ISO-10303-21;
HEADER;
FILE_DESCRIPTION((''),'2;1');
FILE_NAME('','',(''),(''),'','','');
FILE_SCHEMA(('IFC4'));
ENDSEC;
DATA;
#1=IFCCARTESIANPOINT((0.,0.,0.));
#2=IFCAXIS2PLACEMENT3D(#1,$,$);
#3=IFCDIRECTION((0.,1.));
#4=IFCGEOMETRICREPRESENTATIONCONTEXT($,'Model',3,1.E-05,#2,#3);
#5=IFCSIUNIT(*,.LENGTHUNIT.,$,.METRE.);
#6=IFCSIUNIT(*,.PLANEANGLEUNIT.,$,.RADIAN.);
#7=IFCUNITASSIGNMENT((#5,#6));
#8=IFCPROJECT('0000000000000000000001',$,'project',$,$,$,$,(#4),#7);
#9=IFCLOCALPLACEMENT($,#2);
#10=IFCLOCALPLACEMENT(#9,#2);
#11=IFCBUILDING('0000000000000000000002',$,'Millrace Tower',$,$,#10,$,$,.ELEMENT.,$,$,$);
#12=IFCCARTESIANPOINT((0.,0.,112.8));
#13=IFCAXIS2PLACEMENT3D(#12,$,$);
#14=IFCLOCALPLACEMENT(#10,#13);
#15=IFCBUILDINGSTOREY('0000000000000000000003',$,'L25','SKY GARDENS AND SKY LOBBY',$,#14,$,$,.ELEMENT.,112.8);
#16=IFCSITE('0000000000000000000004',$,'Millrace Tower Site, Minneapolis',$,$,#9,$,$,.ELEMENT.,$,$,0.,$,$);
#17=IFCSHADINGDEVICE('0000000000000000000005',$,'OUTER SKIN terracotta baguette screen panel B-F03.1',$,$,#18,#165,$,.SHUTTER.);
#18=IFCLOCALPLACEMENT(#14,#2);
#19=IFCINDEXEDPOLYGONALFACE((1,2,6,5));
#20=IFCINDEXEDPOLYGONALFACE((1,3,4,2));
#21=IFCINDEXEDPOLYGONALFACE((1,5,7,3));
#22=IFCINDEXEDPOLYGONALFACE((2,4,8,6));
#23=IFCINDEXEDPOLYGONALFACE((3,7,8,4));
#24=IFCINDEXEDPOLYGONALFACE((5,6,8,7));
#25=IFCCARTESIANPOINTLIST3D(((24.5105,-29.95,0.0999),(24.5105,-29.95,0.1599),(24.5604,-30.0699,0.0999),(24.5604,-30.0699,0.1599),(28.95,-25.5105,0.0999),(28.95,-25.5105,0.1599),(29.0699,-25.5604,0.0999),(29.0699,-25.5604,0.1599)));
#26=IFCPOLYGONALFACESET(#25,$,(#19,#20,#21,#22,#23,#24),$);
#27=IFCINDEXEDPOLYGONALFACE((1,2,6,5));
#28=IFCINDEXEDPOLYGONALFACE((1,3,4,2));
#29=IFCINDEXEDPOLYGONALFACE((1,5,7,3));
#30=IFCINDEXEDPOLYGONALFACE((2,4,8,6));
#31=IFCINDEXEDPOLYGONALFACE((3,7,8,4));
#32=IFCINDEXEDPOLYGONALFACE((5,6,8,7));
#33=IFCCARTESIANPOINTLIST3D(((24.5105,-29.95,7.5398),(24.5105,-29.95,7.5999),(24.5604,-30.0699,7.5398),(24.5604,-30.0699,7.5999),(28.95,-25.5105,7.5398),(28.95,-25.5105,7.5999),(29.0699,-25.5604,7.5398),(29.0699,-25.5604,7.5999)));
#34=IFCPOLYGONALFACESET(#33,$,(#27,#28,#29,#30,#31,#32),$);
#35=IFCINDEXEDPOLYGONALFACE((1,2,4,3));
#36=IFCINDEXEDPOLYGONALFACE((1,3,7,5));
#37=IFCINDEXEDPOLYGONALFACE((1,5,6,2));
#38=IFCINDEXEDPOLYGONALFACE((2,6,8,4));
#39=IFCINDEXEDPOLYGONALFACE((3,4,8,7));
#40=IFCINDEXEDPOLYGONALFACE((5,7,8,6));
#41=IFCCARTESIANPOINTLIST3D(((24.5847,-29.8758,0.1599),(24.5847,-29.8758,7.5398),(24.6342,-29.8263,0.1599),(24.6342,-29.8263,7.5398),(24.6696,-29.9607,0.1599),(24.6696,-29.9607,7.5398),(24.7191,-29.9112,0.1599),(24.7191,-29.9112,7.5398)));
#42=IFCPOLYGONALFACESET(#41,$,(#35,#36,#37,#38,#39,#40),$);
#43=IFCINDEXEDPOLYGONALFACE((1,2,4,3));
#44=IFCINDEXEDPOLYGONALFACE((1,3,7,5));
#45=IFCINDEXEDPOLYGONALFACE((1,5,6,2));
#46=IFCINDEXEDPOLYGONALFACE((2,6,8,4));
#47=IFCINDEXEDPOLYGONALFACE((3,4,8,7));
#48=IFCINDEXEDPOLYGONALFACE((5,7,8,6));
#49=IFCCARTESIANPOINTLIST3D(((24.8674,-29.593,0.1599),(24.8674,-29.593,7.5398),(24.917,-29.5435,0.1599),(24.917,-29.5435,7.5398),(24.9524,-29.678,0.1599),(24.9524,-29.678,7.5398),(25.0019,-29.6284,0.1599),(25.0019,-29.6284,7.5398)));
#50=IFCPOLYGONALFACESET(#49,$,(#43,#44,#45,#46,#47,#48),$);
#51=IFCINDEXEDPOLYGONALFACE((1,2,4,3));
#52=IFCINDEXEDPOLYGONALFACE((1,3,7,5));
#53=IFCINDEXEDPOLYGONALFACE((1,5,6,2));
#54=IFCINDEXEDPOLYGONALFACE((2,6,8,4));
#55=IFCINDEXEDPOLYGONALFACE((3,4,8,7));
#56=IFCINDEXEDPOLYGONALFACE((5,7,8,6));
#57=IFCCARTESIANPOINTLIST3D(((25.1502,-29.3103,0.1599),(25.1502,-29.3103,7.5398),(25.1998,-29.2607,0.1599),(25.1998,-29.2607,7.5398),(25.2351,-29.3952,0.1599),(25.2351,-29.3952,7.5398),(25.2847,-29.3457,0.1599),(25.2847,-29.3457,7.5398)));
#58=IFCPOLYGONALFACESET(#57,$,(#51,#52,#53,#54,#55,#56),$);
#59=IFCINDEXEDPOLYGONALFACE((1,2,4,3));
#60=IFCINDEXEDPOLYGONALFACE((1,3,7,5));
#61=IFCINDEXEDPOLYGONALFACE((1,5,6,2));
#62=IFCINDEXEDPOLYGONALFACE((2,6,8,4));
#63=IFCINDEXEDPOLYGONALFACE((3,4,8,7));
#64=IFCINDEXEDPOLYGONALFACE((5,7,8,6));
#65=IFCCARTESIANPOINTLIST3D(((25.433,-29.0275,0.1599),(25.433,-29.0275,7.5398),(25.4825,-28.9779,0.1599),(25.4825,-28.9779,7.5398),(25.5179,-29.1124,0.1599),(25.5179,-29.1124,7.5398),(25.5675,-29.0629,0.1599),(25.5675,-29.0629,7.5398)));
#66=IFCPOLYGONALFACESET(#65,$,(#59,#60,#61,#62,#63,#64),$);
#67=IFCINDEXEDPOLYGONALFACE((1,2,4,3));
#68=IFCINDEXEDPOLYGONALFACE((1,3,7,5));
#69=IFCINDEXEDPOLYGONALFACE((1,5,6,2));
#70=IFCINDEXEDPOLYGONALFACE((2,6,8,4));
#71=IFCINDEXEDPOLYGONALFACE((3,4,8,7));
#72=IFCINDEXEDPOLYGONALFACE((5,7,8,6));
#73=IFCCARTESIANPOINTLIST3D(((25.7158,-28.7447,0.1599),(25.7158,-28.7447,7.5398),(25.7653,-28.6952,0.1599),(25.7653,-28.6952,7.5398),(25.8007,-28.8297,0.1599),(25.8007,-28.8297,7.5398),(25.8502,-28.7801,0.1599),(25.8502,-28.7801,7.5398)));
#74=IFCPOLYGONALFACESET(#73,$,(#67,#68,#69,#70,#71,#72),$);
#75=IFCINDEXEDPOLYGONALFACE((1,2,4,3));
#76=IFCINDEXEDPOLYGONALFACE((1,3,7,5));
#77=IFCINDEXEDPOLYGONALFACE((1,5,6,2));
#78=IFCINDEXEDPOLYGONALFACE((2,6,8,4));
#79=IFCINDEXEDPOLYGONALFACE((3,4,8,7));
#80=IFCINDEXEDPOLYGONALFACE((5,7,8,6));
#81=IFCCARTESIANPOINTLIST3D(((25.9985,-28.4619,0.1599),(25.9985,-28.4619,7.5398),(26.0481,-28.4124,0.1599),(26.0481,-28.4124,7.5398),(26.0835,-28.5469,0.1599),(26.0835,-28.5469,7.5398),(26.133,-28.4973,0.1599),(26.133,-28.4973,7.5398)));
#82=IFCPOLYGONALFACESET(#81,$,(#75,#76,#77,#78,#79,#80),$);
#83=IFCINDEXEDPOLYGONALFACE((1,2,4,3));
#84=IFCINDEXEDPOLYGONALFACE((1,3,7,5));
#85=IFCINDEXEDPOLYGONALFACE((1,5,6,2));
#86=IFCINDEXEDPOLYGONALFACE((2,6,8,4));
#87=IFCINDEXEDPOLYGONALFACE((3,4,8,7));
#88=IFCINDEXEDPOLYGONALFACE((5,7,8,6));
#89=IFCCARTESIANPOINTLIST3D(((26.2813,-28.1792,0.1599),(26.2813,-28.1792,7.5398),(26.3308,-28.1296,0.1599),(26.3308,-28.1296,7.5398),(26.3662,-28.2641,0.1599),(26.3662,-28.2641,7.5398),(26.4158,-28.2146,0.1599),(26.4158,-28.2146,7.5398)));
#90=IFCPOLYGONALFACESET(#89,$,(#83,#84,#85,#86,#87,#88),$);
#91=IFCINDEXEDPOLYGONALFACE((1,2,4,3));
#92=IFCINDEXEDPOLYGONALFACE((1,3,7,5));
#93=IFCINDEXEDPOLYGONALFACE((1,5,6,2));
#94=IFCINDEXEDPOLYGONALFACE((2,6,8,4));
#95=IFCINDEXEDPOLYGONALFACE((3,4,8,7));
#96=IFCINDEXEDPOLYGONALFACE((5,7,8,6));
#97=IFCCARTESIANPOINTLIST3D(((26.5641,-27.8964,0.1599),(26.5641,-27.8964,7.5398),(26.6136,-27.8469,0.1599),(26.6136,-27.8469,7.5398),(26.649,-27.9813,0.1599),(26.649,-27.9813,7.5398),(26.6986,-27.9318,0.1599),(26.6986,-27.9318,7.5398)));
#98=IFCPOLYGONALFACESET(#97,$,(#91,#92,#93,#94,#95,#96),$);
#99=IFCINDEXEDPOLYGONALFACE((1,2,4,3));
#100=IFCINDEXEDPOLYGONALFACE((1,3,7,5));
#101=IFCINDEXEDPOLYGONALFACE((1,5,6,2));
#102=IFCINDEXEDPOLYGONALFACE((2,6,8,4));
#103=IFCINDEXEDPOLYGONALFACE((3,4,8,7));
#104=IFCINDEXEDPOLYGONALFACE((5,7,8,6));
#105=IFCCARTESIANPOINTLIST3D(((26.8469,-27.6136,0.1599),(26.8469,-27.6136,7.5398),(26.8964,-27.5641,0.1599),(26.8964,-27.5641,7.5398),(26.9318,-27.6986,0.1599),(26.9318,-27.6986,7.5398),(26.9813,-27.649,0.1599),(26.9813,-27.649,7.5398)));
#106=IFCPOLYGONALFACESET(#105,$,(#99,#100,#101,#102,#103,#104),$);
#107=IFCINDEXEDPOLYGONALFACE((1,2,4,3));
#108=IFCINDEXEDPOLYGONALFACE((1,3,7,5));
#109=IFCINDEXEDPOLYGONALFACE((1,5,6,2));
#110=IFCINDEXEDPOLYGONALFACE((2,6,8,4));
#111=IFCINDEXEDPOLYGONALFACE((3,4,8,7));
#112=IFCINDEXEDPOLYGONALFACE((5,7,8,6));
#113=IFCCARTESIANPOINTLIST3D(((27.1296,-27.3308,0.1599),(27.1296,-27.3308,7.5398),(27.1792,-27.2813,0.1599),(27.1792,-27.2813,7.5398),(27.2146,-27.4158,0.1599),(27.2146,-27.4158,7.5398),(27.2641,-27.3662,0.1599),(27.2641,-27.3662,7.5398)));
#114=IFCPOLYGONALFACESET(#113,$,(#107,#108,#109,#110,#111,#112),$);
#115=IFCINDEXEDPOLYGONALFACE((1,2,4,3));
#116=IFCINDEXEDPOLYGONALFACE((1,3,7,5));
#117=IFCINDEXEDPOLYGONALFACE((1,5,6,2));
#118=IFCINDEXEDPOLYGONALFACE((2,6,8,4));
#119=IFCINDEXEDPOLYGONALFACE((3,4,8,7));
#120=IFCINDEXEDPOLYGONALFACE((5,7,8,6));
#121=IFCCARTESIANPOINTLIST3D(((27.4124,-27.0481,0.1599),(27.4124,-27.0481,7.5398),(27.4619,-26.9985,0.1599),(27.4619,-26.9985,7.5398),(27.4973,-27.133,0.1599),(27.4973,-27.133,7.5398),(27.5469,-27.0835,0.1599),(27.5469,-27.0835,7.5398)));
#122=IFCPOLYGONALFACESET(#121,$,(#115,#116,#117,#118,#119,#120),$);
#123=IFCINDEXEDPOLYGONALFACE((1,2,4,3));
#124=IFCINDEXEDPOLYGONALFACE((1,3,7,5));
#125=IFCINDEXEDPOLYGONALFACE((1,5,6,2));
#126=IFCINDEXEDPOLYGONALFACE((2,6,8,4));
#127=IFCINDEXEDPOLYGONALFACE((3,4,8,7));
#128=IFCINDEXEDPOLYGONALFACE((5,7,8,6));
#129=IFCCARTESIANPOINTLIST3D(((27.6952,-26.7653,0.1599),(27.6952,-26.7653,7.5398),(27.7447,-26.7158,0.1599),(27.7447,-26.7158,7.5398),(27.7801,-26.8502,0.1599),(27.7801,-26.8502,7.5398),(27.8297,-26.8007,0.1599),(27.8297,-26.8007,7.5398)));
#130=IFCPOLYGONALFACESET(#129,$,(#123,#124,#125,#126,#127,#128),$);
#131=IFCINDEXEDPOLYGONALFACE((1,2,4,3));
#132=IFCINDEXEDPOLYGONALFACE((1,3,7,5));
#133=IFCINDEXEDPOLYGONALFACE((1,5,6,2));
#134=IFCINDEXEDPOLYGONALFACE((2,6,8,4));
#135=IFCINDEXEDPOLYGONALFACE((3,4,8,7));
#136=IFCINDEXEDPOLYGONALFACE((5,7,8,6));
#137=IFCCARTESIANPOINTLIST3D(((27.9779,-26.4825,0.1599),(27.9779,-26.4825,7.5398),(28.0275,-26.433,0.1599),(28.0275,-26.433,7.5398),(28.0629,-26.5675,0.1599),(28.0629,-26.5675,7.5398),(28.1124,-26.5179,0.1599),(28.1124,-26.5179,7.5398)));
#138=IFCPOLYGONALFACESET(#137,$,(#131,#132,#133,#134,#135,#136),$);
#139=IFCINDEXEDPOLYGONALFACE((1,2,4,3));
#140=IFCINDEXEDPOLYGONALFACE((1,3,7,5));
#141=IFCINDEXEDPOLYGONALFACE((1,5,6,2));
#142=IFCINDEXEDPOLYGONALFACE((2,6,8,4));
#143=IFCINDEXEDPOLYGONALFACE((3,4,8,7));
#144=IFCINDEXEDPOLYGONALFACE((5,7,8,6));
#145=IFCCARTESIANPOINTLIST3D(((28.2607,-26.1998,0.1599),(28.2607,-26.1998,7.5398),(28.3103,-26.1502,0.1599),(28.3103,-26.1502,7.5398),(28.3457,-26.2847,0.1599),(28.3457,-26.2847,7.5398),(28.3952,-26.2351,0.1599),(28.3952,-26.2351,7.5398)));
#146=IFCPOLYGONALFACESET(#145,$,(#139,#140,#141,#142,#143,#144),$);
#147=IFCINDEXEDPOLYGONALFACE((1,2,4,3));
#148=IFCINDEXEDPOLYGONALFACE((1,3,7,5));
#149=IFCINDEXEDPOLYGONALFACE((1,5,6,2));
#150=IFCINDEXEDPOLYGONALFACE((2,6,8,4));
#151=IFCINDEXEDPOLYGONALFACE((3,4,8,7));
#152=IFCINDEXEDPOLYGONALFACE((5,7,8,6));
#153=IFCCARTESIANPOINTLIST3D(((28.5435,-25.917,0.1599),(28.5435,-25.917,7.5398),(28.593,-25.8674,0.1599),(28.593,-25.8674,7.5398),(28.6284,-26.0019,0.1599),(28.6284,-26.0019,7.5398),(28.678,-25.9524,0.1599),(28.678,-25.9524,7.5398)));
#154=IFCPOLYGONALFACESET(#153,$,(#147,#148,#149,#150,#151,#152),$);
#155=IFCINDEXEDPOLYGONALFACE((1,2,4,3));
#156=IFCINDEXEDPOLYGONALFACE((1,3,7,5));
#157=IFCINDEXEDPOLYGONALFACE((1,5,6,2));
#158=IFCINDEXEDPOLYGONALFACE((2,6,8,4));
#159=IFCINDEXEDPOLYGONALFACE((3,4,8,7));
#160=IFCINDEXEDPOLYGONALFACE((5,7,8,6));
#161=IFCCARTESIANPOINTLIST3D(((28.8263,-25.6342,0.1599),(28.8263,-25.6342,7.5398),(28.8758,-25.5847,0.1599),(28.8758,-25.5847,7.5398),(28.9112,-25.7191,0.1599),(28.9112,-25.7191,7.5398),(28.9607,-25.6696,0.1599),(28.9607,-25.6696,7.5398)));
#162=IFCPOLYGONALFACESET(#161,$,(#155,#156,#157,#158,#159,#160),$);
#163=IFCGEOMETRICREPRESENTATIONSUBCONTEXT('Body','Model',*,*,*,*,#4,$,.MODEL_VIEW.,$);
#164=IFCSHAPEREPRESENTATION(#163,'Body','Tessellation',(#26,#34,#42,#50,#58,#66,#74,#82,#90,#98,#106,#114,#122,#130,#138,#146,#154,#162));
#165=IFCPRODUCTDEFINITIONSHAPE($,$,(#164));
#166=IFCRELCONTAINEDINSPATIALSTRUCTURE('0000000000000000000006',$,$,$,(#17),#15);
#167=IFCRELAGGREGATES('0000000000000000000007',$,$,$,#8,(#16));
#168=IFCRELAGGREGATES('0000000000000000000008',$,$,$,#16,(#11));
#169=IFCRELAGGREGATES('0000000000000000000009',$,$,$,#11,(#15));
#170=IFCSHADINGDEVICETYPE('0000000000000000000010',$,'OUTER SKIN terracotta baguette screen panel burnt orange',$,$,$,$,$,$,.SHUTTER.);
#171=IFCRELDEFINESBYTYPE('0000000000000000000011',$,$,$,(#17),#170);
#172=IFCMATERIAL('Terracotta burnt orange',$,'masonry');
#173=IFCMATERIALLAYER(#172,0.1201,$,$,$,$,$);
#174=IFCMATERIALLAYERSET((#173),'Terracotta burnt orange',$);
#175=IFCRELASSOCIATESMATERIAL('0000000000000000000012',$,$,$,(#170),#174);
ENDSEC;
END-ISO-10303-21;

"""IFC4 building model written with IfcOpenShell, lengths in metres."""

from ifc_helpers import new_model, entity, si_unit, direction, frame, frame_2d, origin, place, context, subcontext, project, spatial, rectangle, extrude, source, transform, mapped, material, layer, layer_set, type_object, element, save


model = new_model("IFC4")

# Units and contexts
model_context = context("Model", 3, precision=1e-05, world=origin(), true_north=direction((0.0, 1.0)))
body_context = subcontext(model_context, "Body", "Model", "MODEL_VIEW")
ifc_project = project(units=[si_unit("LENGTHUNIT", "METRE"), si_unit("PLANEANGLEUNIT", "RADIAN")], contexts=[model_context])

# Site, building, storey
site_placement = place(None, origin())
site = spatial("IfcSite", under=ifc_project, at=site_placement, Name="Millrace Tower Site, Minneapolis", CompositionType="ELEMENT", RefElevation=0.0)
building_placement = place(site_placement, origin())
building = spatial("IfcBuilding", under=site, at=building_placement, Name="Millrace Tower", CompositionType="ELEMENT")
storey_placement = place(building_placement, frame((0.0, 0.0, 112.8)))
storey = spatial("IfcBuildingStorey", under=building, at=storey_placement, Name="L25", Description="SKY GARDENS AND SKY LOBBY", CompositionType="ELEMENT", Elevation=112.8)

# Shading device
ifc_material_1 = material(Name="Terracotta burnt orange", Category="masonry")
ifc_layer_1 = layer(ifc_material_1, 0.1201)
ifc_layer_set_1 = layer_set([ifc_layer_1], Name="Terracotta burnt orange")
shading_device_type = type_object("IfcShadingDeviceType", Name="OUTER SKIN terracotta baguette screen panel burnt orange", PredefinedType="SHUTTER", material=ifc_layer_set_1)
cartesian_point_1 = entity("IfcCartesianPoint", [-3.1392, 0.0601])
shared_polyline_1 = entity("IfcPolyline", [cartesian_point_1, entity("IfcCartesianPoint", [3.1392, 0.0601]), entity("IfcCartesianPoint", [3.1887, -0.0601]), entity("IfcCartesianPoint", [-3.1887, -0.0601]), cartesian_point_1])
shared_shape_1 = source(origin(), body_context, "Body", "SweptSolid", [
    entity("IfcExtrudedAreaSolid", entity("IfcArbitraryClosedProfileDef", "AREA", None, shared_polyline_1), entity("IfcAxis2Placement3D", entity("IfcCartesianPoint", [0.0, 0.0, 0.0])), entity("IfcDirection", [0.0, 0.0, 1.0]), 0.0601),
    entity("IfcExtrudedAreaSolid", entity("IfcArbitraryClosedProfileDef", "AREA", None, shared_polyline_1), entity("IfcAxis2Placement3D", entity("IfcCartesianPoint", [0.0, 0.0, 7.4399])), entity("IfcDirection", [0.0, 0.0, 1.0]), 0.0601),
    extrude(rectangle(XDim=0.0701, YDim=0.1201, at=frame_2d((-2.9993, 0.0))), frame((0.0, 0.0, 0.0601)), (0.0, 0.0, 1.0), 7.3799),
    extrude(rectangle(XDim=0.0701, YDim=0.1201, at=frame_2d((-2.5994, 0.0))), frame((0.0, 0.0, 0.0601)), (0.0, 0.0, 1.0), 7.3799),
    extrude(rectangle(XDim=0.0701, YDim=0.1201, at=frame_2d((-2.1995, 0.0))), frame((0.0, 0.0, 0.0601)), (0.0, 0.0, 1.0), 7.3799),
    extrude(rectangle(XDim=0.0701, YDim=0.1201, at=frame_2d((-1.7996, 0.0))), frame((0.0, 0.0, 0.0601)), (0.0, 0.0, 1.0), 7.3799),
    extrude(rectangle(XDim=0.0701, YDim=0.1201, at=frame_2d((-1.3997, 0.0))), frame((0.0, 0.0, 0.0601)), (0.0, 0.0, 1.0), 7.3799),
    extrude(rectangle(XDim=0.0701, YDim=0.1201, at=frame_2d((-0.9998, 0.0))), frame((0.0, 0.0, 0.0601)), (0.0, 0.0, 1.0), 7.3799),
    extrude(rectangle(XDim=0.0701, YDim=0.1201, at=frame_2d((-0.5999, 0.0))), frame((0.0, 0.0, 0.0601)), (0.0, 0.0, 1.0), 7.3799),
    extrude(rectangle(XDim=0.0701, YDim=0.1201, at=frame_2d((-0.2, 0.0))), frame((0.0, 0.0, 0.0601)), (0.0, 0.0, 1.0), 7.3799),
    extrude(rectangle(XDim=0.0701, YDim=0.1201, at=frame_2d((0.2, 0.0))), frame((0.0, 0.0, 0.0601)), (0.0, 0.0, 1.0), 7.3799),
    extrude(rectangle(XDim=0.0701, YDim=0.1201, at=frame_2d((0.5999, 0.0))), frame((0.0, 0.0, 0.0601)), (0.0, 0.0, 1.0), 7.3799),
    extrude(rectangle(XDim=0.0701, YDim=0.1201, at=frame_2d((0.9998, 0.0))), frame((0.0, 0.0, 0.0601)), (0.0, 0.0, 1.0), 7.3799),
    extrude(rectangle(XDim=0.0701, YDim=0.1201, at=frame_2d((1.3997, 0.0))), frame((0.0, 0.0, 0.0601)), (0.0, 0.0, 1.0), 7.3799),
    extrude(rectangle(XDim=0.0701, YDim=0.1201, at=frame_2d((1.7996, 0.0))), frame((0.0, 0.0, 0.0601)), (0.0, 0.0, 1.0), 7.3799),
    extrude(rectangle(XDim=0.0701, YDim=0.1201, at=frame_2d((2.1995, 0.0))), frame((0.0, 0.0, 0.0601)), (0.0, 0.0, 1.0), 7.3799),
    extrude(rectangle(XDim=0.0701, YDim=0.1201, at=frame_2d((2.5994, 0.0))), frame((0.0, 0.0, 0.0601)), (0.0, 0.0, 1.0), 7.3799),
    extrude(rectangle(XDim=0.0701, YDim=0.1201, at=frame_2d((2.9993, 0.0))), frame((0.0, 0.0, 0.0601)), (0.0, 0.0, 1.0), 7.3799),
])
shading_device_1_placement = place(storey_placement, frame((26.7727, -27.7727, 0.0999), z_axis=(0.0, 0.0, 1.0), x_axis=(0.707107, 0.707107, 0.0)))
element("IfcShadingDevice", 1, at=shading_device_1_placement, inside=storey, type_object=shading_device_type, Name="OUTER SKIN terracotta baguette screen panel B-F03.1", PredefinedType="SHUTTER", context=body_context, shape_type="MappedRepresentation", body=[
    mapped(shared_shape_1, transform((0.0, 0.0, 0.0), scale=1.0)),
])

save(model, "model.ifc")
